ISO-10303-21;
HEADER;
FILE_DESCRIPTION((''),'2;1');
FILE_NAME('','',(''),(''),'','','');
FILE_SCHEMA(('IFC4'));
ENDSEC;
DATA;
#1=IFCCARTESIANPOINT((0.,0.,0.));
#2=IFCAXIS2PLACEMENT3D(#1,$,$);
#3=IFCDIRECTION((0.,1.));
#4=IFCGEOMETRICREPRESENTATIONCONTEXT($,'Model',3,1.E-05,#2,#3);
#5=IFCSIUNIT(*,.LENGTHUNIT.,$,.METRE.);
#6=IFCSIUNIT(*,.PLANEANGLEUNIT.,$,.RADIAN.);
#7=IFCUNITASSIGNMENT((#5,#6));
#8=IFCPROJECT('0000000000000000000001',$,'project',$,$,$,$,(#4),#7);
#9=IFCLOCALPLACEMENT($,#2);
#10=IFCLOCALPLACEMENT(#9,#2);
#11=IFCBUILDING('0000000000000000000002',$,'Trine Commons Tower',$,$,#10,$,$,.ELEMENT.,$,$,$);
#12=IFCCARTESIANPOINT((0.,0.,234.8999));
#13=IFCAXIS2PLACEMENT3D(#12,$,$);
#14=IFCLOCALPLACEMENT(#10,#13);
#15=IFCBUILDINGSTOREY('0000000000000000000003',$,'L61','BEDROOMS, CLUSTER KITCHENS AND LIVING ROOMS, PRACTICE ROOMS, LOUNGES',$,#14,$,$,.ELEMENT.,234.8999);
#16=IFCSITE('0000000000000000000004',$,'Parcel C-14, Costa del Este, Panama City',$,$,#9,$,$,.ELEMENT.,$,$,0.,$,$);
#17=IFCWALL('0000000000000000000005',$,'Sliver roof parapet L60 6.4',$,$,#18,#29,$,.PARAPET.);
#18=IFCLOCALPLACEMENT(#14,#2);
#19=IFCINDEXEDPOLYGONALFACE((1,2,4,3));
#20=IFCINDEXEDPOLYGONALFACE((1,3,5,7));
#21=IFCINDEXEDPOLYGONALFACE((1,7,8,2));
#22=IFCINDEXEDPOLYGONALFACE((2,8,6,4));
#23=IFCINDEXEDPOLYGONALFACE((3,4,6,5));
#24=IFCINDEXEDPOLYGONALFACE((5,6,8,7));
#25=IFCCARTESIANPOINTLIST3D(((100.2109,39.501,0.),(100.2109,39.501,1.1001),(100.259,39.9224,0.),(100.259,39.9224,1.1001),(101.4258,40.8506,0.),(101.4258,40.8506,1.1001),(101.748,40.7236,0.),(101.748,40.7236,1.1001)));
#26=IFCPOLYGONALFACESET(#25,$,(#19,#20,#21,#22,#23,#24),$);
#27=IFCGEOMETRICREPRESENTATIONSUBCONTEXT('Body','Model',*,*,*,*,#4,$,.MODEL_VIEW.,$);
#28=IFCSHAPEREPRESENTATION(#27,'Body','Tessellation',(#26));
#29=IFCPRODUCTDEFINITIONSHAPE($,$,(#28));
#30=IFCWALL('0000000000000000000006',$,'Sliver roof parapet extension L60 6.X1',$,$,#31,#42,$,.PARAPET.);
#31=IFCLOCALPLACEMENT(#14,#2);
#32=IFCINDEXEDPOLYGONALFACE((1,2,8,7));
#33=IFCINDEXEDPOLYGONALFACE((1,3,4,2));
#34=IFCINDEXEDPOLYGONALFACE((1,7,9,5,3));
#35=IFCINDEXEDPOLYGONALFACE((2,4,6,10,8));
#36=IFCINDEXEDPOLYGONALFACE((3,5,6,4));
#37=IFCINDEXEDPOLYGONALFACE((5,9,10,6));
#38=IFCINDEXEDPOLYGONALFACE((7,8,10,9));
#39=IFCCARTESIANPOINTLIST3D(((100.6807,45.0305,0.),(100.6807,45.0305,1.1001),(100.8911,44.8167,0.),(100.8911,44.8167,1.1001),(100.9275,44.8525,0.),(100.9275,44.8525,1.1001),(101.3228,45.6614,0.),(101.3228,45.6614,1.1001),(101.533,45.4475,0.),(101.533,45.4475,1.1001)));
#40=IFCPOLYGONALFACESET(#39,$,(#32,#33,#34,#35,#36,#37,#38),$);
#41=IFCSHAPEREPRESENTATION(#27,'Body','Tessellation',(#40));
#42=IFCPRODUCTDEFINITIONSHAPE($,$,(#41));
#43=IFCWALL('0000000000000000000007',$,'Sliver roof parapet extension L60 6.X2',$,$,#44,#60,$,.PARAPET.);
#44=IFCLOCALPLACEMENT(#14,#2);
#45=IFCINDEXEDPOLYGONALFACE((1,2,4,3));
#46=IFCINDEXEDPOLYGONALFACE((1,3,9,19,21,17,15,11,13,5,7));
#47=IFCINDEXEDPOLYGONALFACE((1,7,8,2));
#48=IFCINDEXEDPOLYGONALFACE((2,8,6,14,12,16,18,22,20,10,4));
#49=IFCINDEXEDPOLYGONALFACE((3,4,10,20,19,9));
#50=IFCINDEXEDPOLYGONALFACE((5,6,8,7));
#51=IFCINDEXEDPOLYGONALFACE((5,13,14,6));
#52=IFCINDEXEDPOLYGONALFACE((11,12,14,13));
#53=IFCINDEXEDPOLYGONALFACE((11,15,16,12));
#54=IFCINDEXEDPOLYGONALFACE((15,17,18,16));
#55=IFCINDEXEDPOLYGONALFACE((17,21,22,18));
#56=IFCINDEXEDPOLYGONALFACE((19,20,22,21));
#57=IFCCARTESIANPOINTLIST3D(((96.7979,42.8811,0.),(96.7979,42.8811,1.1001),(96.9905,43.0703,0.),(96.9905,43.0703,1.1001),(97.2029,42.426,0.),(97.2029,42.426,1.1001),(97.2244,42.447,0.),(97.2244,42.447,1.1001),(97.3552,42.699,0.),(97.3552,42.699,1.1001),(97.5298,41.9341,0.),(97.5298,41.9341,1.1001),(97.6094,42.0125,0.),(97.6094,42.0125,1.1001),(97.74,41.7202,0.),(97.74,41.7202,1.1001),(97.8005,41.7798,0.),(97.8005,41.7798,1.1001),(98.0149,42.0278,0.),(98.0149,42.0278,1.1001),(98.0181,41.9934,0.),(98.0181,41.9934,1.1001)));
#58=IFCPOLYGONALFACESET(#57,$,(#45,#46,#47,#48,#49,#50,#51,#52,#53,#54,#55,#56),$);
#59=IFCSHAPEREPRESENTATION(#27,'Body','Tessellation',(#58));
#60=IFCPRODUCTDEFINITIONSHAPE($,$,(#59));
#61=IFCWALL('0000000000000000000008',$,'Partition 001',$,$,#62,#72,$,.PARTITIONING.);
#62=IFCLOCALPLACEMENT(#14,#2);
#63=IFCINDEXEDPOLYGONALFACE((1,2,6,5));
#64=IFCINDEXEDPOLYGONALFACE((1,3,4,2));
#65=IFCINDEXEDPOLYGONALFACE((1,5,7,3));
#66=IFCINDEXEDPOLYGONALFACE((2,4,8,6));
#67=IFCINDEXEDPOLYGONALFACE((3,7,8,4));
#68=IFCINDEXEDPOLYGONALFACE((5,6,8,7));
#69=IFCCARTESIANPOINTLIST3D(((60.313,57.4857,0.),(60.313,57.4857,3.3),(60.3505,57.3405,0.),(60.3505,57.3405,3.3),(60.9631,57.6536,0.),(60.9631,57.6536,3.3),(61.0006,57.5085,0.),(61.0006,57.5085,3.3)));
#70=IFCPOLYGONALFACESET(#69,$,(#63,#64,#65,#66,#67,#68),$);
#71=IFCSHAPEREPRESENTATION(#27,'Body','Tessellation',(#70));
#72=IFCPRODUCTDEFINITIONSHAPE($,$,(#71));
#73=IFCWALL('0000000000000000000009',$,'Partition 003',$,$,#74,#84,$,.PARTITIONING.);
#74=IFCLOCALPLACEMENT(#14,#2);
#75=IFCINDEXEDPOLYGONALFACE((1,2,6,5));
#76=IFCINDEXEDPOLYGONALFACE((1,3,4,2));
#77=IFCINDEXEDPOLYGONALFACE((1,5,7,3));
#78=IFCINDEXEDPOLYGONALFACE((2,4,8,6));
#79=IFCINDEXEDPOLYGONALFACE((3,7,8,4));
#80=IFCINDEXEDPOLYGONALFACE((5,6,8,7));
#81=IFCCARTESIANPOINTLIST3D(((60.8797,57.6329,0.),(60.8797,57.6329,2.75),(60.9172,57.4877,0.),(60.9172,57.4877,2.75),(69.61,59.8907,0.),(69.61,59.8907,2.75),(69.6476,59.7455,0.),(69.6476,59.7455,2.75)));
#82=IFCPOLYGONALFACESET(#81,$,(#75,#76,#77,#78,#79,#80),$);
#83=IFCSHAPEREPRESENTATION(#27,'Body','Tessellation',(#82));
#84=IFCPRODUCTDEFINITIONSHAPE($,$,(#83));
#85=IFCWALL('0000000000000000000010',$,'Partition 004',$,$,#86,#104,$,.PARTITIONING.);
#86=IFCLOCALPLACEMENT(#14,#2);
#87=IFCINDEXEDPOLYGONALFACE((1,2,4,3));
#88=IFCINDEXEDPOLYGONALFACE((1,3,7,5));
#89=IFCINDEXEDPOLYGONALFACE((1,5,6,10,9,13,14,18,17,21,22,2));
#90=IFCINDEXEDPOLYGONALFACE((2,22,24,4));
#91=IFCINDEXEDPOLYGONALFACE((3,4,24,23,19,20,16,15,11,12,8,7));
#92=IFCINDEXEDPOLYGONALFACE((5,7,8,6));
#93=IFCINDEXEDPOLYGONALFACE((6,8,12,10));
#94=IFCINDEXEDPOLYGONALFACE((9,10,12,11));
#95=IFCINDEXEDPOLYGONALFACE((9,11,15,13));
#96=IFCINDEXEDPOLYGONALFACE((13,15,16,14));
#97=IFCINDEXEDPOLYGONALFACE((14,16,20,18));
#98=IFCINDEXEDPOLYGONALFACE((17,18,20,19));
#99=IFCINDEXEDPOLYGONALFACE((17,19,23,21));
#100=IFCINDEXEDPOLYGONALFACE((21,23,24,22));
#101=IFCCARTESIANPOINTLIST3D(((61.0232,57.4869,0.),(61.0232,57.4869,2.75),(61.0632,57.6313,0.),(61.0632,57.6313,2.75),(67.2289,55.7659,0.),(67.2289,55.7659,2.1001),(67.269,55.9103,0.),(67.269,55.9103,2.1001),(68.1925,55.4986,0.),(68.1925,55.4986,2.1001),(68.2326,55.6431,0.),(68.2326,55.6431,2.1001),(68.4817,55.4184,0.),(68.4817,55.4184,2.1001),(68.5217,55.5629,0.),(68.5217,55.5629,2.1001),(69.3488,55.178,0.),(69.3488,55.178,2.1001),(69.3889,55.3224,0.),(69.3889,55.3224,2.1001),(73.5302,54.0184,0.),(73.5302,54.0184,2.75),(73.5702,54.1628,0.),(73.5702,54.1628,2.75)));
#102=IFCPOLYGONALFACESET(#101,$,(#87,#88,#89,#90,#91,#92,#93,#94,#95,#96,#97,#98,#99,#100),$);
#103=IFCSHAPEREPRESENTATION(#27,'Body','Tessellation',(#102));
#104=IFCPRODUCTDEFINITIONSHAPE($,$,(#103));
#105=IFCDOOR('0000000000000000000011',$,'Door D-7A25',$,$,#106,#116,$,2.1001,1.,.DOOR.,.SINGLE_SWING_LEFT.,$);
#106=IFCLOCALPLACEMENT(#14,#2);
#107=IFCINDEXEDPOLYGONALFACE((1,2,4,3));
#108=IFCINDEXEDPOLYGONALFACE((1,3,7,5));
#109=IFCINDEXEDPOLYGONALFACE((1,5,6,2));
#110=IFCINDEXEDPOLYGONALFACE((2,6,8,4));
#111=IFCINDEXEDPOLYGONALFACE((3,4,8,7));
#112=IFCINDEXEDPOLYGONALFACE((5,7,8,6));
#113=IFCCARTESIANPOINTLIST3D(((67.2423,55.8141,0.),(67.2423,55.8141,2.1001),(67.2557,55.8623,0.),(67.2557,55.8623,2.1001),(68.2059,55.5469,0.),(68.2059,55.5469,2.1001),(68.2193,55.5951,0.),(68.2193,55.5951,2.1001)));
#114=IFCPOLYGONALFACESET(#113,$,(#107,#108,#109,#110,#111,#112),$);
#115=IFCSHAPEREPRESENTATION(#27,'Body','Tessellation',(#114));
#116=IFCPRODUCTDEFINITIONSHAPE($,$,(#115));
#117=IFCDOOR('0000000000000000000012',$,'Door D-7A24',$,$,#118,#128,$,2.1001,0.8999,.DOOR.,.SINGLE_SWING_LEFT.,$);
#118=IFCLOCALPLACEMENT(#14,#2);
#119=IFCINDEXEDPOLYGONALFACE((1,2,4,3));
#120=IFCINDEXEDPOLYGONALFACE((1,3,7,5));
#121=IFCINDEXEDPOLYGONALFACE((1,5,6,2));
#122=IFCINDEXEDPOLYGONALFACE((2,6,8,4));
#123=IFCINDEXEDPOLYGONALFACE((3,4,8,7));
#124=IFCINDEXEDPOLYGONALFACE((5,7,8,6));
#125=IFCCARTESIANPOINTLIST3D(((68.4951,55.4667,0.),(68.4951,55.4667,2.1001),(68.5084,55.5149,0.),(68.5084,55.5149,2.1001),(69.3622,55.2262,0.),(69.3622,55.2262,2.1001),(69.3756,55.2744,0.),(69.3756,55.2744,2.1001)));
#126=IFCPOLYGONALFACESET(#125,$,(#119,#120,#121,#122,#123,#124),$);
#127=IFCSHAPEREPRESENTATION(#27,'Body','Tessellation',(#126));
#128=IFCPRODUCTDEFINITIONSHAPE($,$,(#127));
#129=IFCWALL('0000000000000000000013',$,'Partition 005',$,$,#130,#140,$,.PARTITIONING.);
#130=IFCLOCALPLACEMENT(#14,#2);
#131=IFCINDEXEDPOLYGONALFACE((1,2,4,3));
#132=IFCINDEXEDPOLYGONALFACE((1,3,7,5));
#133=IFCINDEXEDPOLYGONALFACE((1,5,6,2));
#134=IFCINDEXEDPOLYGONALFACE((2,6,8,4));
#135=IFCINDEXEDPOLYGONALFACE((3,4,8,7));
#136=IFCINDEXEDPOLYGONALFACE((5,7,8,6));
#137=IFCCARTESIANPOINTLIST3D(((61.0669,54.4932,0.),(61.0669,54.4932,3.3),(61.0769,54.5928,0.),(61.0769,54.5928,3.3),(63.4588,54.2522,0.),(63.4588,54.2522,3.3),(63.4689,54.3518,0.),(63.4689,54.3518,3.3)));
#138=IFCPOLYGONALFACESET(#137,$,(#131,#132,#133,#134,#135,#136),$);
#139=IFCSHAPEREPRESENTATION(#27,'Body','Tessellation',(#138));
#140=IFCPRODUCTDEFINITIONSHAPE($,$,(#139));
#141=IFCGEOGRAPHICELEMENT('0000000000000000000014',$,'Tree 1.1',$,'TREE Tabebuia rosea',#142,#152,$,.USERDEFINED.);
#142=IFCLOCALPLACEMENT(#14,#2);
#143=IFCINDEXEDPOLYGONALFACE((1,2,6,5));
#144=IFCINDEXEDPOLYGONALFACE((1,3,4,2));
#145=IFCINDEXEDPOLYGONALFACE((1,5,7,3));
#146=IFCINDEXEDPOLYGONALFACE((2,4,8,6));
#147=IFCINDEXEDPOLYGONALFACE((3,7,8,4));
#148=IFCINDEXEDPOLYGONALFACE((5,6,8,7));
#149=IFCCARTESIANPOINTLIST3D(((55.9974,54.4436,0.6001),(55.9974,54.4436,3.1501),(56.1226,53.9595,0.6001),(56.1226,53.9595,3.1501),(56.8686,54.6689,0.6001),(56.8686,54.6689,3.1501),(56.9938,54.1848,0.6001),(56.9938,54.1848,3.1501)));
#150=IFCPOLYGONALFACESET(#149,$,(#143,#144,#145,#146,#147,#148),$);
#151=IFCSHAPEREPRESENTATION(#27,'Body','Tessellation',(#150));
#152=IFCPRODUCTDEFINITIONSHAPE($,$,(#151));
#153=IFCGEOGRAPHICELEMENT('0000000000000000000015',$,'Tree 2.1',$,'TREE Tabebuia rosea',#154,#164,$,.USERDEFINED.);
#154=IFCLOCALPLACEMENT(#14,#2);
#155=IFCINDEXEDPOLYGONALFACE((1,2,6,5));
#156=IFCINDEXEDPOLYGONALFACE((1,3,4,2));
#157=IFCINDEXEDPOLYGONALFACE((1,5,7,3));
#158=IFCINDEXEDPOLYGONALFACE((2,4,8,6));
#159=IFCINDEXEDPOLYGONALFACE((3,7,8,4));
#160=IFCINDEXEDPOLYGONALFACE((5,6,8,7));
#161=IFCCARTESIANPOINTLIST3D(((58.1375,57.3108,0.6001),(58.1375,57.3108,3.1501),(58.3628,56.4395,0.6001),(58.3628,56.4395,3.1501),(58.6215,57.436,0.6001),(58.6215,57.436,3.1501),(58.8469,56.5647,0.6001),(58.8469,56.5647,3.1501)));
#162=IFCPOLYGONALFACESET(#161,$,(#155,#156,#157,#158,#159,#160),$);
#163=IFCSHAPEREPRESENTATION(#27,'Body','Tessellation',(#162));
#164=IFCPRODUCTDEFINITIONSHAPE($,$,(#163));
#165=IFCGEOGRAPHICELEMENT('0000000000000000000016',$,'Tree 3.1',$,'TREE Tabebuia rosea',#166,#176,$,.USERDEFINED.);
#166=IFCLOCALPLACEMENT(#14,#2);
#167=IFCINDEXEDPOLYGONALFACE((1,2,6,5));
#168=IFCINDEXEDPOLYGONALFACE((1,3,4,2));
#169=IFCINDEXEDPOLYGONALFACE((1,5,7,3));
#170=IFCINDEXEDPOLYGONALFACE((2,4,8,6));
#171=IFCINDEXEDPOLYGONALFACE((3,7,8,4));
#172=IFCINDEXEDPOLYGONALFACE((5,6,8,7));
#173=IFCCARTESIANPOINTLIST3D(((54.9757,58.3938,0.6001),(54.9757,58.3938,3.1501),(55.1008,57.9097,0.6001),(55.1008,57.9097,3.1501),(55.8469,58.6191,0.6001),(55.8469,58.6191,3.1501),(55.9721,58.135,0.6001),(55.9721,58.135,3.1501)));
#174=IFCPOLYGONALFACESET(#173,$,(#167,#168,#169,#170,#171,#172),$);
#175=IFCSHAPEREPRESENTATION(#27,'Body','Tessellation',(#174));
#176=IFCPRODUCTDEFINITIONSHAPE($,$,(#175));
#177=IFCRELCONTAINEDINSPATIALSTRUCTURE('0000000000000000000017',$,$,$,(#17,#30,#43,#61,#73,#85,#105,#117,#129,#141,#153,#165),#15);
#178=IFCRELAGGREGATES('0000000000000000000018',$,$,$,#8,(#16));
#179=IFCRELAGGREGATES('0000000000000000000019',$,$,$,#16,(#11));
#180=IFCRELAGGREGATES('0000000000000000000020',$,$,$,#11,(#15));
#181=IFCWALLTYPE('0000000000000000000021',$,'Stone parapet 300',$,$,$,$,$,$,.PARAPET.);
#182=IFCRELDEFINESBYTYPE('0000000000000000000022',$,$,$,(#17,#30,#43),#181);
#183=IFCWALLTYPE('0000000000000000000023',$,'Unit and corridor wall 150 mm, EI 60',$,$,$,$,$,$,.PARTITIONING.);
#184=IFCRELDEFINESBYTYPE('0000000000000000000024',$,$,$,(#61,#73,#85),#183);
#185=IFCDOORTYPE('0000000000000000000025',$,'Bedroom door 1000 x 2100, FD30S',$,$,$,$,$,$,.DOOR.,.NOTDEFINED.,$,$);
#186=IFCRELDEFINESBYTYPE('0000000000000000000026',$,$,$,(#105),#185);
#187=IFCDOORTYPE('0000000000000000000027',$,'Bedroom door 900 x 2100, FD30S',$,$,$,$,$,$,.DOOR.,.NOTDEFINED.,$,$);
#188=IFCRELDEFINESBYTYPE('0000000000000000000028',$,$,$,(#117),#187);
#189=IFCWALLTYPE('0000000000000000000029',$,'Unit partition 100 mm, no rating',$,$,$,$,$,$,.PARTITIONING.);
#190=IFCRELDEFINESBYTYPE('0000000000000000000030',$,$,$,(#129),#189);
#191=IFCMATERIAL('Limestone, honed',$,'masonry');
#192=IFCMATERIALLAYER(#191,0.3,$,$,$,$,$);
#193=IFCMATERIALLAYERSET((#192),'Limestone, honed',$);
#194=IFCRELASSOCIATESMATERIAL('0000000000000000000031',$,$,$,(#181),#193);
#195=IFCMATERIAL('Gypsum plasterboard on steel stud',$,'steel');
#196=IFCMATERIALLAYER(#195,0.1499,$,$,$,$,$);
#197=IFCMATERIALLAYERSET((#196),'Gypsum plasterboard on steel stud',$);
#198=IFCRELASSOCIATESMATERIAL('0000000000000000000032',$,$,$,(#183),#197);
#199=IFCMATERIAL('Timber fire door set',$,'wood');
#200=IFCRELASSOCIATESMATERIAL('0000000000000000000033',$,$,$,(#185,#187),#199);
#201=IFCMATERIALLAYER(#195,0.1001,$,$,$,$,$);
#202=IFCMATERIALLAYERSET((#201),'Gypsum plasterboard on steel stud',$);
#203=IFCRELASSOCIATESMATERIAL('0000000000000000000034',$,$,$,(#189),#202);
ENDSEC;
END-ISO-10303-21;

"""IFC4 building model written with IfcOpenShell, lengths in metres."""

from ifc_helpers import new_model, si_unit, direction, frame, frame_2d, origin, origin_2d, place, context, subcontext, project, spatial, polyline, rectangle, outline, extrude, material, layer, layer_set, type_object, element, fill, save


model = new_model("IFC4")

# Units and contexts
model_context = context("Model", 3, precision=1e-05, world=origin(), true_north=direction((0.0, 1.0)))
body_context = subcontext(model_context, "Body", "Model", "MODEL_VIEW")
ifc_project = project(units=[si_unit("LENGTHUNIT", "METRE"), si_unit("PLANEANGLEUNIT", "RADIAN")], contexts=[model_context])

# Site, building, storey
site_placement = place(None, origin())
site = spatial("IfcSite", under=ifc_project, at=site_placement, Name="Parcel C-14, Costa del Este, Panama City", CompositionType="ELEMENT", RefElevation=0.0)
building_placement = place(site_placement, origin())
building = spatial("IfcBuilding", under=site, at=building_placement, Name="Trine Commons Tower", CompositionType="ELEMENT")
storey_placement = place(building_placement, frame((0.0, 0.0, 234.8999)))
storey = spatial("IfcBuildingStorey", under=building, at=storey_placement, Name="L61", Description="BEDROOMS, CLUSTER KITCHENS AND LIVING ROOMS, PRACTICE ROOMS, LOUNGES", CompositionType="ELEMENT", Elevation=234.8999)

# Walls
ifc_material_1 = material(Name="Limestone, honed", Category="masonry")
ifc_layer_1 = layer(ifc_material_1, 0.3)
ifc_layer_set_1 = layer_set([ifc_layer_1], Name="Limestone, honed")
wall_type_1 = type_object("IfcWallType", Name="Stone parapet 300", PredefinedType="PARAPET", material=ifc_layer_set_1)
wall_1_placement = place(storey_placement, origin())
element("IfcWall", 1, at=wall_1_placement, inside=storey, type_object=wall_type_1, Name="Sliver roof parapet L60 6.4", PredefinedType="PARAPET", context=body_context, shape_type="SweptSolid", body=[
    extrude(outline(polyline([(100.2109, 39.501), (101.748, 40.7236), (101.4258, 40.8506), (100.259, 39.9224), (100.2109, 39.501)])), origin(), (0.0, 0.0, 1.0), 1.1001),
])
wall_2_placement = place(storey_placement, origin())
element("IfcWall", 2, at=wall_2_placement, inside=storey, type_object=wall_type_1, Name="Sliver roof parapet extension L60 6.X1", PredefinedType="PARAPET", context=body_context, shape_type="SweptSolid", body=[
    extrude(outline(polyline([(101.533, 45.4475), (101.3228, 45.6614), (100.6807, 45.0305), (100.8911, 44.8167), (100.9275, 44.8525), (101.533, 45.4475)])), origin(), (0.0, 0.0, 1.0), 1.1001),
])
wall_3_placement = place(storey_placement, origin())
element("IfcWall", 3, at=wall_3_placement, inside=storey, type_object=wall_type_1, Name="Sliver roof parapet extension L60 6.X2", PredefinedType="PARAPET", context=body_context, shape_type="SweptSolid", body=[
    extrude(outline(polyline([(97.3552, 42.699), (96.9905, 43.0703), (96.7979, 42.8811), (97.2244, 42.447), (97.2029, 42.426), (97.6094, 42.0125), (97.5298, 41.9341), (97.74, 41.7202), (97.8005, 41.7798), (98.0181, 41.9934), (98.0149, 42.0278), (97.3552, 42.699)])), origin(), (0.0, 0.0, 1.0), 1.1001),
])
ifc_material_2 = material(Name="Gypsum plasterboard on steel stud", Category="steel")
ifc_layer_2 = layer(ifc_material_2, 0.1499)
ifc_layer_set_2 = layer_set([ifc_layer_2], Name="Gypsum plasterboard on steel stud")
wall_type_2 = type_object("IfcWallType", Name="Unit and corridor wall 150 mm, EI 60", PredefinedType="PARTITIONING", material=ifc_layer_set_2)
wall_4_placement = place(storey_placement, frame((60.3318, 57.4131, 0.0), z_axis=(0.0, 0.0, 1.0), x_axis=(0.968209, 0.250142, 0.0)))
element("IfcWall", 4, at=wall_4_placement, inside=storey, type_object=wall_type_2, Name="Partition 001", PredefinedType="PARTITIONING", context=body_context, shape_type="SweptSolid", body=[
    extrude(rectangle(XDim=0.6714, YDim=0.1499, at=frame_2d((0.3357, 0.0))), origin(), (0.0, 0.0, 1.0), 3.3),
])
wall_5_placement = place(storey_placement, frame((60.8984, 57.5603, 0.0), z_axis=(0.0, 0.0, 1.0), x_axis=(0.968149, 0.250376, 0.0)))
element("IfcWall", 5, at=wall_5_placement, inside=storey, type_object=wall_type_2, Name="Partition 003", PredefinedType="PARTITIONING", context=body_context, shape_type="SweptSolid", body=[
    extrude(rectangle(XDim=9.0176, YDim=0.1499, at=frame_2d((4.5088, 0.0))), origin(), (0.0, 0.0, 1.0), 2.75),
])

# Wall, openings, doors
wall_6_placement = place(storey_placement, frame((61.0432, 57.5591, 0.0), z_axis=(0.0, 0.0, 1.0), x_axis=(0.963631, -0.267237, 0.0)))
wall_6 = element("IfcWall", 6, at=wall_6_placement, inside=storey, type_object=wall_type_2, Name="Partition 004", PredefinedType="PARTITIONING", context=body_context, shape_type="SweptSolid", body=[
    extrude(rectangle(XDim=12.979, YDim=0.1499, at=frame_2d((6.4895, 0.0))), origin(), (0.0, 0.0, 1.0), 2.75),
])
opening_1_placement = place(wall_6_placement, frame((7.74, 0.0, 0.0)))
opening_1 = element("IfcOpeningElement", 7, at=opening_1_placement, cuts=wall_6, PredefinedType="OPENING", context=body_context, shape_type="SweptSolid", body=[
    extrude(rectangle(XDim=0.8999, YDim=2.1001, at=frame_2d((0.45, 1.05))), frame((0.0, 0.085, 0.0), z_axis=(0.0, -1.0, 0.0), x_axis=(1.0, 0.0, 0.0)), (0.0, 0.0, 1.0), 0.1699),
])
opening_2_placement = place(wall_6_placement, frame((6.4399, 0.0, 0.0)))
opening_2 = element("IfcOpeningElement", 8, at=opening_2_placement, cuts=wall_6, PredefinedType="OPENING", context=body_context, shape_type="SweptSolid", body=[
    extrude(rectangle(XDim=1.0, YDim=2.1001, at=frame_2d((0.5, 1.05))), frame((0.0, 0.085, 0.0), z_axis=(0.0, -1.0, 0.0), x_axis=(1.0, 0.0, 0.0)), (0.0, 0.0, 1.0), 0.1699),
])
ifc_material_3 = material(Name="Timber fire door set", Category="wood")
door_type_1 = type_object("IfcDoorType", Name="Bedroom door 1000 x 2100, FD30S", OperationType="NOTDEFINED", PredefinedType="DOOR", material=ifc_material_3)
door_1_placement = place(opening_2_placement, frame((1.0, 0.0, 0.0), z_axis=(0.0, 0.0, 1.0), x_axis=(-1.0, 0.0, 0.0)))
door_1 = element("IfcDoor", 9, at=door_1_placement, inside=storey, type_object=door_type_1, Name="Door D-7A25", OperationType="SINGLE_SWING_LEFT", OverallHeight=2.1001, OverallWidth=1.0, PredefinedType="DOOR", context=body_context, shape_type="SweptSolid", body=[
    extrude(rectangle(XDim=1.0, YDim=2.1001, at=frame_2d((0.5, 1.05))), frame((0.0, 0.0249, 0.0), z_axis=(0.0, -1.0, 0.0), x_axis=(1.0, 0.0, 0.0)), (0.0, 0.0, 1.0), 0.05),
])
fill(opening_2, door_1)
door_type_2 = type_object("IfcDoorType", Name="Bedroom door 900 x 2100, FD30S", OperationType="NOTDEFINED", PredefinedType="DOOR", material=ifc_material_3)
door_2_placement = place(opening_1_placement, frame((0.8999, 0.0, 0.0), z_axis=(0.0, 0.0, 1.0), x_axis=(-1.0, 0.0, 0.0)))
door_2 = element("IfcDoor", 10, at=door_2_placement, inside=storey, type_object=door_type_2, Name="Door D-7A24", OperationType="SINGLE_SWING_LEFT", OverallHeight=2.1001, OverallWidth=0.8999, PredefinedType="DOOR", context=body_context, shape_type="SweptSolid", body=[
    extrude(rectangle(XDim=0.8999, YDim=2.1001, at=frame_2d((0.45, 1.05))), frame((0.0, 0.0249, 0.0), z_axis=(0.0, -1.0, 0.0), x_axis=(1.0, 0.0, 0.0)), (0.0, 0.0, 1.0), 0.05),
])
fill(opening_1, door_2)

# Wall
ifc_layer_3 = layer(ifc_material_2, 0.1001)
ifc_layer_set_3 = layer_set([ifc_layer_3], Name="Gypsum plasterboard on steel stud")
wall_type_3 = type_object("IfcWallType", Name="Unit partition 100 mm, no rating", PredefinedType="PARTITIONING", material=ifc_layer_set_3)
wall_7_placement = place(storey_placement, frame((61.0718, 54.543, 0.0), z_axis=(0.0, 0.0, 1.0), x_axis=(0.994964, -0.100238, 0.0)))
element("IfcWall", 11, at=wall_7_placement, inside=storey, type_object=wall_type_3, Name="Partition 005", PredefinedType="PARTITIONING", context=body_context, shape_type="SweptSolid", body=[
    extrude(rectangle(XDim=2.4041, YDim=0.1001, at=frame_2d((1.2021, 0.0))), origin(), (0.0, 0.0, 1.0), 3.3),
])

# Geographic elements
for number, where, z_axis, x_axis, name in (
    (12, (56.4956, 54.3142, 0.6001), (0.0, 0.0, 1.0), (0.968152, 0.250363, 0.0), "Tree 1.1"),
    (13, (58.4922, 56.9377, 0.6001), (0.0, 0.0, 1.0), (-0.25041, 0.96814, 0.0), "Tree 2.1"),
    (14, (55.4739, 58.2644, 0.6001), (0.0, 0.0, 1.0), (-0.968152, -0.250363, 0.0), "Tree 3.1"),
):
    element("IfcGeographicElement", number, at=place(storey_placement, frame(where, z_axis=z_axis, x_axis=x_axis)), inside=storey, Name=name, ObjectType="TREE Tabebuia rosea", PredefinedType="USERDEFINED", context=body_context, shape_type="SweptSolid", body=[
        extrude(rectangle(XDim=0.8999, YDim=0.5, at=origin_2d()), origin(), (0.0, 0.0, 1.0), 2.55),
    ])

save(model, "model.ifc")
